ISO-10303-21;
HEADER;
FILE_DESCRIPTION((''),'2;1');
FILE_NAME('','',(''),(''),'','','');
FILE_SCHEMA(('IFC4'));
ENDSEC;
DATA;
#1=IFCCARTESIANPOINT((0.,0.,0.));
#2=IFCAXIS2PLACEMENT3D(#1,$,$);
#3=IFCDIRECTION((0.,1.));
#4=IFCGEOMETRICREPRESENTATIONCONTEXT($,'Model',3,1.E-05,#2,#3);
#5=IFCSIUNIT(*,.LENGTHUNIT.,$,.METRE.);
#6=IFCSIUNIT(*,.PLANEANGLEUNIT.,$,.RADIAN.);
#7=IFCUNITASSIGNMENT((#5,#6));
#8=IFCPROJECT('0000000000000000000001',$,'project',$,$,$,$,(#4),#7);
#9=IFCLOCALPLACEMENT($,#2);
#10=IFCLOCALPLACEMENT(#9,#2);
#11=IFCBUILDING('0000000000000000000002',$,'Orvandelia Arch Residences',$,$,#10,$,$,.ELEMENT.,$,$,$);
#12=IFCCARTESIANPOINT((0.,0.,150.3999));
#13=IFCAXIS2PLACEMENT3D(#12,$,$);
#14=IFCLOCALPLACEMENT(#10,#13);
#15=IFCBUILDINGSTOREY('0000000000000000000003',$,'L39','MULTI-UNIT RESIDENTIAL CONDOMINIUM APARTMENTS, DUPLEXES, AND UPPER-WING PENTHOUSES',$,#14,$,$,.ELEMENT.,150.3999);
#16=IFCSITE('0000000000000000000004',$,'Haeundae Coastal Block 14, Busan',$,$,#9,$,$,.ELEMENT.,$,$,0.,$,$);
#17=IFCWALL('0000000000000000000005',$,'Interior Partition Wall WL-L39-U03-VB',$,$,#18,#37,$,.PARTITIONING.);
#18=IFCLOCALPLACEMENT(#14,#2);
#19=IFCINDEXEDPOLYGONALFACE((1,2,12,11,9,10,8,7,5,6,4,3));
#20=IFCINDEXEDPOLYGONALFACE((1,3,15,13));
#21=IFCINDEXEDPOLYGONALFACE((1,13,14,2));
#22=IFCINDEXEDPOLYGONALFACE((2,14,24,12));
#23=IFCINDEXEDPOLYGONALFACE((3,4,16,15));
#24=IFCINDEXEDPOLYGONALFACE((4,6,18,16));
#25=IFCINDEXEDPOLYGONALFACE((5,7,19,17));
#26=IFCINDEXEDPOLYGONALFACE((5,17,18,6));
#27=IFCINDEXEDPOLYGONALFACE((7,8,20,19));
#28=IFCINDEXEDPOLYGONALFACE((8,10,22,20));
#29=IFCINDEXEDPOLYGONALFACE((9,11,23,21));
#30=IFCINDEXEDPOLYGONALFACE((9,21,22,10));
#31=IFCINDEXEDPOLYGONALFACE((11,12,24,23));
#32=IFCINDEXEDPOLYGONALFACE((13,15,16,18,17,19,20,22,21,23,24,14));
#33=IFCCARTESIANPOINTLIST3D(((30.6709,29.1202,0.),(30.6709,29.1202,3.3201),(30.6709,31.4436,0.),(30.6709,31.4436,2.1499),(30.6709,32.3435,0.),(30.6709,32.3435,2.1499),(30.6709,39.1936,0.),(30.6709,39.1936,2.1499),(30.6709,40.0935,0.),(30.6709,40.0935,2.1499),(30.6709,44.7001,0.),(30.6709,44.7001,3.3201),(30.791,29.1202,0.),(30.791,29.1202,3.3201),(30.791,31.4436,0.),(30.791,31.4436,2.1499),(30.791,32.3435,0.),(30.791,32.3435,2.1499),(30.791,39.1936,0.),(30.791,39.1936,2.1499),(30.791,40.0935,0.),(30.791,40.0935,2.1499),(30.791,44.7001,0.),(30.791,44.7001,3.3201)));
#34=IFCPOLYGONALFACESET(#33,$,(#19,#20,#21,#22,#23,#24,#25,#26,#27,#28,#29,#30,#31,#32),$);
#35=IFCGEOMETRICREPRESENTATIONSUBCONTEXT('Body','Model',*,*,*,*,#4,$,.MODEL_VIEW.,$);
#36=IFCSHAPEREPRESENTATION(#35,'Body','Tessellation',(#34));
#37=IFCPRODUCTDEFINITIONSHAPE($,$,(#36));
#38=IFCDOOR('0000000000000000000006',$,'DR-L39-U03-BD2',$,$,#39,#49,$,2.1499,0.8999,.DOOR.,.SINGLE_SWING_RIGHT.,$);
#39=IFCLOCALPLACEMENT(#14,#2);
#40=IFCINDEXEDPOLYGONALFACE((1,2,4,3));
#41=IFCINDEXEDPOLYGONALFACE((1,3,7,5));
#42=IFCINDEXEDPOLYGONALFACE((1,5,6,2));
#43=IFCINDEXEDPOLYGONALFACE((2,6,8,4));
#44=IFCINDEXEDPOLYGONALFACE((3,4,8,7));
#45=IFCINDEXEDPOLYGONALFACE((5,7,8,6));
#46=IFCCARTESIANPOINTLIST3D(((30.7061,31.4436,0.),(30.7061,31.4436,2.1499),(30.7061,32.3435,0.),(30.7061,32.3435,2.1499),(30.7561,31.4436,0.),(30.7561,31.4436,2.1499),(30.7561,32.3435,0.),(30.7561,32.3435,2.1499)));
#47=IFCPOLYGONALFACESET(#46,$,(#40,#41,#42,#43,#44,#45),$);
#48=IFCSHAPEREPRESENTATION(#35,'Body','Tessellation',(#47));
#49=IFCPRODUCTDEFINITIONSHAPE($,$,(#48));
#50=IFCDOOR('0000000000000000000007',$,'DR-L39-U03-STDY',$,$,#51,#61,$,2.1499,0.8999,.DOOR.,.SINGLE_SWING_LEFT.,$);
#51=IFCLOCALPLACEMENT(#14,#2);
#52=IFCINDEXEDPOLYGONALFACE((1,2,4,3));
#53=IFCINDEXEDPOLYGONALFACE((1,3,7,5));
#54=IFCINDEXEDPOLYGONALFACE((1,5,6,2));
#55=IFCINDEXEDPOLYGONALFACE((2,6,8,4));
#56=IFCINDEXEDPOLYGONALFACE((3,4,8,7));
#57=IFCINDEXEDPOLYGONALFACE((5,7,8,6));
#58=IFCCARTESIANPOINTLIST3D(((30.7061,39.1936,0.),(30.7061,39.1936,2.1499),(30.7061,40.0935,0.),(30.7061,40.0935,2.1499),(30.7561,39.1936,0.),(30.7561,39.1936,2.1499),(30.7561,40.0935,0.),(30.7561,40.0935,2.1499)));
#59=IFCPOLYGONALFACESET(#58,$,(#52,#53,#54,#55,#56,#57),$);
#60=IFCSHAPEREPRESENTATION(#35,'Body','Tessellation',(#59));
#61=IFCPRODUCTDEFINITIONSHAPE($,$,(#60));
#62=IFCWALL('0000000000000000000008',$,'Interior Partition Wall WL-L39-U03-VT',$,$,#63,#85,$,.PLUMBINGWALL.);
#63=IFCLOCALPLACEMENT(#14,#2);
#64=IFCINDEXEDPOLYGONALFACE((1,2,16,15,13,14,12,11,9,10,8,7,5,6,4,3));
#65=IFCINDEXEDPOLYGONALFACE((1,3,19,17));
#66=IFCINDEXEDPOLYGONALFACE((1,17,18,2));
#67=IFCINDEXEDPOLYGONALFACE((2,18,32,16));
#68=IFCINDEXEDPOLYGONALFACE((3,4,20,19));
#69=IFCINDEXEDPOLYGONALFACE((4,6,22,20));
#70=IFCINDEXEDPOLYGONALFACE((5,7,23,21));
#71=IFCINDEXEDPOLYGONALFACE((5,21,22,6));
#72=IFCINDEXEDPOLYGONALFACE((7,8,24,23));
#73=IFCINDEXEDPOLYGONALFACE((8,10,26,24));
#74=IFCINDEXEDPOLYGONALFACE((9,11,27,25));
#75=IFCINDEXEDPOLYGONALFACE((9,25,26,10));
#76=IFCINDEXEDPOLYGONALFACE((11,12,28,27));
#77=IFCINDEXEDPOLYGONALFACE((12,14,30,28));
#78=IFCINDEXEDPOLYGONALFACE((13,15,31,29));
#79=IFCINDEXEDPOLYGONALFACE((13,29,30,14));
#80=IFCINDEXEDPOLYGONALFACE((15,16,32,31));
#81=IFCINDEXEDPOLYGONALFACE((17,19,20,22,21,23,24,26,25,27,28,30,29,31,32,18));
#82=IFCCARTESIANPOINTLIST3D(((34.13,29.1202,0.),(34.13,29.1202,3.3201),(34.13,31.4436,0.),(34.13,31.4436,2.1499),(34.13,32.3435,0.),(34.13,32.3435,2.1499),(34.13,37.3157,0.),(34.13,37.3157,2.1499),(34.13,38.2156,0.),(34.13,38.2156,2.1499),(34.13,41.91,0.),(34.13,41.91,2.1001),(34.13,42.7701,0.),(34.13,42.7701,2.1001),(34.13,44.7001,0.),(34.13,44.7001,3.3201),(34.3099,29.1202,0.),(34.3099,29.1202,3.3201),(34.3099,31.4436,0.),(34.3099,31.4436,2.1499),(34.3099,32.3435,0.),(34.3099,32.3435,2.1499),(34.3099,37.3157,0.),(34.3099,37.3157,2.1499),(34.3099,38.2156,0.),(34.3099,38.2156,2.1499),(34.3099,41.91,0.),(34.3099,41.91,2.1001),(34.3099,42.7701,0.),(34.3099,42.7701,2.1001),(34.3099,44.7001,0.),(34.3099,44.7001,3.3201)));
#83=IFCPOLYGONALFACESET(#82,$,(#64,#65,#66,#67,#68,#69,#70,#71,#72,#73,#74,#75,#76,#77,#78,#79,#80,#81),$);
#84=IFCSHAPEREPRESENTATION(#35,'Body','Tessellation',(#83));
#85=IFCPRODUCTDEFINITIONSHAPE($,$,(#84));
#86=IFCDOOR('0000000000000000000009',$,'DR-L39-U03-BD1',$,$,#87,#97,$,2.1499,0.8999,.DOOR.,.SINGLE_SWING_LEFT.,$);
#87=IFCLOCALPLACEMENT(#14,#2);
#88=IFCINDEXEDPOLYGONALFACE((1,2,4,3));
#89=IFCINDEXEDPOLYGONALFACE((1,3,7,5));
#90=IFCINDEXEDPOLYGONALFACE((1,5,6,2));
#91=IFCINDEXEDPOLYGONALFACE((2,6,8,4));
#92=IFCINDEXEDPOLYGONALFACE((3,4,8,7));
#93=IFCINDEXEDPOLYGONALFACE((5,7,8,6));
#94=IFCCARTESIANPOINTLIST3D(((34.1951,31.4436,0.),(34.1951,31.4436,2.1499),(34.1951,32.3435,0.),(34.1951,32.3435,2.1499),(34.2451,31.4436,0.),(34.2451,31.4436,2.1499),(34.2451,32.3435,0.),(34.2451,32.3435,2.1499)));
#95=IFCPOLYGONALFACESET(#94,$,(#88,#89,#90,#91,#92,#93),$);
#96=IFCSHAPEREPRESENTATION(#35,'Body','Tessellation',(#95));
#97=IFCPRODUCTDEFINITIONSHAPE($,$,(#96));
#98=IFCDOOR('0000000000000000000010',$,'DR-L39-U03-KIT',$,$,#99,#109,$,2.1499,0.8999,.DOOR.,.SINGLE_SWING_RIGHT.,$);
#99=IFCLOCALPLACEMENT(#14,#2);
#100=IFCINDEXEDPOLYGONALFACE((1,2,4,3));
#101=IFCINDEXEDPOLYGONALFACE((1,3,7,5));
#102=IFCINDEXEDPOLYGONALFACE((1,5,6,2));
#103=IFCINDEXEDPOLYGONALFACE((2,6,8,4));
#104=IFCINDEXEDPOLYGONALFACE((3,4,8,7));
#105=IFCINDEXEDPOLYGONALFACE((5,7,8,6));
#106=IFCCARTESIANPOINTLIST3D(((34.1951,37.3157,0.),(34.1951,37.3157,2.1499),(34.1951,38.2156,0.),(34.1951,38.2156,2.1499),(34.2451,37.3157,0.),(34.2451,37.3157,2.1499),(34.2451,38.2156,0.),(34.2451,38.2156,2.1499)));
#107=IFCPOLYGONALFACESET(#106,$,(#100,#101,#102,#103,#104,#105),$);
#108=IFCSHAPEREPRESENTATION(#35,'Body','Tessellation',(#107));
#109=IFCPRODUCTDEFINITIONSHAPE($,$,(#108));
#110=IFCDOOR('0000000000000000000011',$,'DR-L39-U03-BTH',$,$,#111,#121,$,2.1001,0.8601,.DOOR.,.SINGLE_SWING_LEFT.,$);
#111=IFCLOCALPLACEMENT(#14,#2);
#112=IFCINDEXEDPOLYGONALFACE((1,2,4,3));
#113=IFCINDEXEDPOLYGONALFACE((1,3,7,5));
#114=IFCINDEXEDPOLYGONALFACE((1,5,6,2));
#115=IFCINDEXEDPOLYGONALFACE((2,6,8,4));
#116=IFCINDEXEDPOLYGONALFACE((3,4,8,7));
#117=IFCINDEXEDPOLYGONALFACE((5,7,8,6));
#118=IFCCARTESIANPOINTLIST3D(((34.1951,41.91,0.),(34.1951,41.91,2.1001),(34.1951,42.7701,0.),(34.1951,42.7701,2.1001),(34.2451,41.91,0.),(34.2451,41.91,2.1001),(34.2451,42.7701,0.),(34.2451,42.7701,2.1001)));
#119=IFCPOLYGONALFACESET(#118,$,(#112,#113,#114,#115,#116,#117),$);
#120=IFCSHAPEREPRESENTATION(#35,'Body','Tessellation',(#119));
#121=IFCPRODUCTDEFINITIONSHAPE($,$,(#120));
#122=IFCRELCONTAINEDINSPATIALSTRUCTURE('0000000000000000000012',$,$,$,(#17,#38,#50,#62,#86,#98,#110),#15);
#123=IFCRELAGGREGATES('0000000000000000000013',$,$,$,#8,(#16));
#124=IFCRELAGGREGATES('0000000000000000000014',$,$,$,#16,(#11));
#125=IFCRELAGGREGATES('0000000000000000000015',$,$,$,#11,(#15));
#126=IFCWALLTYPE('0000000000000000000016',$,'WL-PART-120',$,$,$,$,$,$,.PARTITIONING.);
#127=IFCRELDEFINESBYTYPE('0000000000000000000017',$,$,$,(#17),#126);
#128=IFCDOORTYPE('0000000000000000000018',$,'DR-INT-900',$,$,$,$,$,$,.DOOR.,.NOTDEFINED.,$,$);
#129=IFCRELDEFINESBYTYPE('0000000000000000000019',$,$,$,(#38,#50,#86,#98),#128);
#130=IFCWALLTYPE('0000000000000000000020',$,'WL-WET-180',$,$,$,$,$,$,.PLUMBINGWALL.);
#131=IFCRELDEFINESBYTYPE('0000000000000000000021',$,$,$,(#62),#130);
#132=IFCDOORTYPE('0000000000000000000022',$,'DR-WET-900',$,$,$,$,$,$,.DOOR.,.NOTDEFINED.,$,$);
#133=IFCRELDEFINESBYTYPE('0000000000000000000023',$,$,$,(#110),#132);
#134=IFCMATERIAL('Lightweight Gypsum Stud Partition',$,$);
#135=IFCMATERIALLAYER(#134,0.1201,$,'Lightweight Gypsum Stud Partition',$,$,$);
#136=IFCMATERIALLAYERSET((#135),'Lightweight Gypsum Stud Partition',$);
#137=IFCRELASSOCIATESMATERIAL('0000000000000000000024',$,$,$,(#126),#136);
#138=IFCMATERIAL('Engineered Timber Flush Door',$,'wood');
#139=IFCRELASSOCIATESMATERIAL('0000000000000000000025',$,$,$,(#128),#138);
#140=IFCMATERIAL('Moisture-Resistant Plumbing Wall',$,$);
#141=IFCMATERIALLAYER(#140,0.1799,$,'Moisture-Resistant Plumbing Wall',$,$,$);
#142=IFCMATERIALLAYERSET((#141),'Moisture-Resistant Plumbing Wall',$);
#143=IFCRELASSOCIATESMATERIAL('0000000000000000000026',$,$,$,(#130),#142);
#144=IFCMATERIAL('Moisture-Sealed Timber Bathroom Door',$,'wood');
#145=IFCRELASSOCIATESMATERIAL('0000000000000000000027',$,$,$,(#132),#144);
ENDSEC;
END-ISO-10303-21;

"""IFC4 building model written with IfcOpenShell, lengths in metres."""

from ifc_helpers import new_model, si_unit, direction, frame, frame_2d, origin, place, context, subcontext, project, spatial, rectangle, extrude, material, layer, layer_set, type_object, element, fill, save


model = new_model("IFC4")

# Units and contexts
model_context = context("Model", 3, precision=1e-05, world=origin(), true_north=direction((0.0, 1.0)))
body_context = subcontext(model_context, "Body", "Model", "MODEL_VIEW")
ifc_project = project(units=[si_unit("LENGTHUNIT", "METRE"), si_unit("PLANEANGLEUNIT", "RADIAN")], contexts=[model_context])

# Site, building, storey
site_placement = place(None, origin())
site = spatial("IfcSite", under=ifc_project, at=site_placement, Name="Haeundae Coastal Block 14, Busan", CompositionType="ELEMENT", RefElevation=0.0)
building_placement = place(site_placement, origin())
building = spatial("IfcBuilding", under=site, at=building_placement, Name="Orvandelia Arch Residences", CompositionType="ELEMENT")
storey_placement = place(building_placement, frame((0.0, 0.0, 150.3999)))
storey = spatial("IfcBuildingStorey", under=building, at=storey_placement, Name="L39", Description="MULTI-UNIT RESIDENTIAL CONDOMINIUM APARTMENTS, DUPLEXES, AND UPPER-WING PENTHOUSES", CompositionType="ELEMENT", Elevation=150.3999)

# Walls, openings, doors
ifc_material_1 = material(Name="Lightweight Gypsum Stud Partition")
ifc_layer_1 = layer(ifc_material_1, 0.1201, Name="Lightweight Gypsum Stud Partition")
ifc_layer_set_1 = layer_set([ifc_layer_1], Name="Lightweight Gypsum Stud Partition")
wall_type_1 = type_object("IfcWallType", Name="WL-PART-120", PredefinedType="PARTITIONING", material=ifc_layer_set_1)
wall_1_placement = place(storey_placement, frame((30.731, 29.1201, 0.0), z_axis=(0.0, 0.0, 1.0), x_axis=(0.0, 1.0, 0.0)))
wall_1 = element("IfcWall", 1, at=wall_1_placement, inside=storey, type_object=wall_type_1, Name="Interior Partition Wall WL-L39-U03-VB", PredefinedType="PARTITIONING", context=body_context, shape_type="SweptSolid", body=[
    extrude(rectangle(XDim=15.5798, YDim=0.1201, at=frame_2d((7.79, 0.0))), origin(), (0.0, 0.0, 1.0), 3.3201),
])
opening_1_placement = place(wall_1_placement, frame((2.3235, 0.0, 0.0)))
opening_1 = element("IfcOpeningElement", 2, at=opening_1_placement, cuts=wall_1, PredefinedType="OPENING", context=body_context, shape_type="SweptSolid", body=[
    extrude(rectangle(XDim=0.8999, YDim=2.1499, at=frame_2d((0.45, 1.075))), frame((0.0, 0.0701, 0.0), z_axis=(0.0, -1.0, 0.0), x_axis=(1.0, 0.0, 0.0)), (0.0, 0.0, 1.0), 0.1401),
])
opening_2_placement = place(wall_1_placement, frame((10.0735, 0.0, 0.0)))
opening_2 = element("IfcOpeningElement", 3, at=opening_2_placement, cuts=wall_1, PredefinedType="OPENING", context=body_context, shape_type="SweptSolid", body=[
    extrude(rectangle(XDim=0.8999, YDim=2.1499, at=frame_2d((0.45, 1.075))), frame((0.0, 0.0701, 0.0), z_axis=(0.0, -1.0, 0.0), x_axis=(1.0, 0.0, 0.0)), (0.0, 0.0, 1.0), 0.1401),
])
ifc_material_2 = material(Name="Engineered Timber Flush Door", Category="wood")
door_type_1 = type_object("IfcDoorType", Name="DR-INT-900", OperationType="NOTDEFINED", PredefinedType="DOOR", material=ifc_material_2)
door_1_placement = place(opening_1_placement, origin())
door_1 = element("IfcDoor", 4, at=door_1_placement, inside=storey, type_object=door_type_1, Name="DR-L39-U03-BD2", OperationType="SINGLE_SWING_RIGHT", OverallHeight=2.1499, OverallWidth=0.8999, PredefinedType="DOOR", context=body_context, shape_type="SweptSolid", body=[
    extrude(rectangle(XDim=0.8999, YDim=2.1499, at=frame_2d((0.45, 1.075))), frame((0.0, 0.0249, 0.0), z_axis=(0.0, -1.0, 0.0), x_axis=(1.0, 0.0, 0.0)), (0.0, 0.0, 1.0), 0.05),
])
fill(opening_1, door_1)
door_2_placement = place(opening_2_placement, origin())
door_2 = element("IfcDoor", 5, at=door_2_placement, inside=storey, type_object=door_type_1, Name="DR-L39-U03-STDY", OperationType="SINGLE_SWING_LEFT", OverallHeight=2.1499, OverallWidth=0.8999, PredefinedType="DOOR", context=body_context, shape_type="SweptSolid", body=[
    extrude(rectangle(XDim=0.8999, YDim=2.1499, at=frame_2d((0.45, 1.075))), frame((0.0, 0.0249, 0.0), z_axis=(0.0, -1.0, 0.0), x_axis=(1.0, 0.0, 0.0)), (0.0, 0.0, 1.0), 0.05),
])
fill(opening_2, door_2)
ifc_material_3 = material(Name="Moisture-Resistant Plumbing Wall")
ifc_layer_2 = layer(ifc_material_3, 0.1799, Name="Moisture-Resistant Plumbing Wall")
ifc_layer_set_2 = layer_set([ifc_layer_2], Name="Moisture-Resistant Plumbing Wall")
wall_type_2 = type_object("IfcWallType", Name="WL-WET-180", PredefinedType="PLUMBINGWALL", material=ifc_layer_set_2)
wall_2_placement = place(storey_placement, frame((34.22, 29.1201, 0.0), z_axis=(0.0, 0.0, 1.0), x_axis=(0.0, 1.0, 0.0)))
wall_2 = element("IfcWall", 6, at=wall_2_placement, inside=storey, type_object=wall_type_2, Name="Interior Partition Wall WL-L39-U03-VT", PredefinedType="PLUMBINGWALL", context=body_context, shape_type="SweptSolid", body=[
    extrude(rectangle(XDim=15.5798, YDim=0.1799, at=frame_2d((7.79, 0.0))), origin(), (0.0, 0.0, 1.0), 3.3201),
])
opening_3_placement = place(wall_2_placement, frame((2.3235, 0.0, 0.0)))
opening_3 = element("IfcOpeningElement", 7, at=opening_3_placement, cuts=wall_2, PredefinedType="OPENING", context=body_context, shape_type="SweptSolid", body=[
    extrude(rectangle(XDim=0.8999, YDim=2.1499, at=frame_2d((0.45, 1.075))), frame((0.0, 0.1001, 0.0), z_axis=(0.0, -1.0, 0.0), x_axis=(1.0, 0.0, 0.0)), (0.0, 0.0, 1.0), 0.2),
])
opening_4_placement = place(wall_2_placement, frame((8.1956, 0.0, 0.0)))
opening_4 = element("IfcOpeningElement", 8, at=opening_4_placement, cuts=wall_2, PredefinedType="OPENING", context=body_context, shape_type="SweptSolid", body=[
    extrude(rectangle(XDim=0.8999, YDim=2.1499, at=frame_2d((0.45, 1.075))), frame((0.0, 0.1001, 0.0), z_axis=(0.0, -1.0, 0.0), x_axis=(1.0, 0.0, 0.0)), (0.0, 0.0, 1.0), 0.2),
])
opening_5_placement = place(wall_2_placement, frame((12.7898, 0.0, 0.0)))
opening_5 = element("IfcOpeningElement", 9, at=opening_5_placement, cuts=wall_2, PredefinedType="OPENING", context=body_context, shape_type="SweptSolid", body=[
    extrude(rectangle(XDim=0.8601, YDim=2.1001, at=frame_2d((0.4302, 1.05))), frame((0.0, 0.1001, 0.0), z_axis=(0.0, -1.0, 0.0), x_axis=(1.0, 0.0, 0.0)), (0.0, 0.0, 1.0), 0.2),
])
door_3_placement = place(opening_3_placement, origin())
door_3 = element("IfcDoor", 10, at=door_3_placement, inside=storey, type_object=door_type_1, Name="DR-L39-U03-BD1", OperationType="SINGLE_SWING_LEFT", OverallHeight=2.1499, OverallWidth=0.8999, PredefinedType="DOOR", context=body_context, shape_type="SweptSolid", body=[
    extrude(rectangle(XDim=0.8999, YDim=2.1499, at=frame_2d((0.45, 1.075))), frame((0.0, 0.0249, 0.0), z_axis=(0.0, -1.0, 0.0), x_axis=(1.0, 0.0, 0.0)), (0.0, 0.0, 1.0), 0.05),
])
fill(opening_3, door_3)
door_4_placement = place(opening_4_placement, origin())
door_4 = element("IfcDoor", 11, at=door_4_placement, inside=storey, type_object=door_type_1, Name="DR-L39-U03-KIT", OperationType="SINGLE_SWING_RIGHT", OverallHeight=2.1499, OverallWidth=0.8999, PredefinedType="DOOR", context=body_context, shape_type="SweptSolid", body=[
    extrude(rectangle(XDim=0.8999, YDim=2.1499, at=frame_2d((0.45, 1.075))), frame((0.0, 0.0249, 0.0), z_axis=(0.0, -1.0, 0.0), x_axis=(1.0, 0.0, 0.0)), (0.0, 0.0, 1.0), 0.05),
])
fill(opening_4, door_4)
ifc_material_4 = material(Name="Moisture-Sealed Timber Bathroom Door", Category="wood")
door_type_2 = type_object("IfcDoorType", Name="DR-WET-900", OperationType="NOTDEFINED", PredefinedType="DOOR", material=ifc_material_4)
door_5_placement = place(opening_5_placement, origin())
door_5 = element("IfcDoor", 12, at=door_5_placement, inside=storey, type_object=door_type_2, Name="DR-L39-U03-BTH", OperationType="SINGLE_SWING_LEFT", OverallHeight=2.1001, OverallWidth=0.8601, PredefinedType="DOOR", context=body_context, shape_type="SweptSolid", body=[
    extrude(rectangle(XDim=0.8601, YDim=2.1001, at=frame_2d((0.4302, 1.05))), frame((0.0, 0.0249, 0.0), z_axis=(0.0, -1.0, 0.0), x_axis=(1.0, 0.0, 0.0)), (0.0, 0.0, 1.0), 0.05),
])
fill(opening_5, door_5)

save(model, "model.ifc")
